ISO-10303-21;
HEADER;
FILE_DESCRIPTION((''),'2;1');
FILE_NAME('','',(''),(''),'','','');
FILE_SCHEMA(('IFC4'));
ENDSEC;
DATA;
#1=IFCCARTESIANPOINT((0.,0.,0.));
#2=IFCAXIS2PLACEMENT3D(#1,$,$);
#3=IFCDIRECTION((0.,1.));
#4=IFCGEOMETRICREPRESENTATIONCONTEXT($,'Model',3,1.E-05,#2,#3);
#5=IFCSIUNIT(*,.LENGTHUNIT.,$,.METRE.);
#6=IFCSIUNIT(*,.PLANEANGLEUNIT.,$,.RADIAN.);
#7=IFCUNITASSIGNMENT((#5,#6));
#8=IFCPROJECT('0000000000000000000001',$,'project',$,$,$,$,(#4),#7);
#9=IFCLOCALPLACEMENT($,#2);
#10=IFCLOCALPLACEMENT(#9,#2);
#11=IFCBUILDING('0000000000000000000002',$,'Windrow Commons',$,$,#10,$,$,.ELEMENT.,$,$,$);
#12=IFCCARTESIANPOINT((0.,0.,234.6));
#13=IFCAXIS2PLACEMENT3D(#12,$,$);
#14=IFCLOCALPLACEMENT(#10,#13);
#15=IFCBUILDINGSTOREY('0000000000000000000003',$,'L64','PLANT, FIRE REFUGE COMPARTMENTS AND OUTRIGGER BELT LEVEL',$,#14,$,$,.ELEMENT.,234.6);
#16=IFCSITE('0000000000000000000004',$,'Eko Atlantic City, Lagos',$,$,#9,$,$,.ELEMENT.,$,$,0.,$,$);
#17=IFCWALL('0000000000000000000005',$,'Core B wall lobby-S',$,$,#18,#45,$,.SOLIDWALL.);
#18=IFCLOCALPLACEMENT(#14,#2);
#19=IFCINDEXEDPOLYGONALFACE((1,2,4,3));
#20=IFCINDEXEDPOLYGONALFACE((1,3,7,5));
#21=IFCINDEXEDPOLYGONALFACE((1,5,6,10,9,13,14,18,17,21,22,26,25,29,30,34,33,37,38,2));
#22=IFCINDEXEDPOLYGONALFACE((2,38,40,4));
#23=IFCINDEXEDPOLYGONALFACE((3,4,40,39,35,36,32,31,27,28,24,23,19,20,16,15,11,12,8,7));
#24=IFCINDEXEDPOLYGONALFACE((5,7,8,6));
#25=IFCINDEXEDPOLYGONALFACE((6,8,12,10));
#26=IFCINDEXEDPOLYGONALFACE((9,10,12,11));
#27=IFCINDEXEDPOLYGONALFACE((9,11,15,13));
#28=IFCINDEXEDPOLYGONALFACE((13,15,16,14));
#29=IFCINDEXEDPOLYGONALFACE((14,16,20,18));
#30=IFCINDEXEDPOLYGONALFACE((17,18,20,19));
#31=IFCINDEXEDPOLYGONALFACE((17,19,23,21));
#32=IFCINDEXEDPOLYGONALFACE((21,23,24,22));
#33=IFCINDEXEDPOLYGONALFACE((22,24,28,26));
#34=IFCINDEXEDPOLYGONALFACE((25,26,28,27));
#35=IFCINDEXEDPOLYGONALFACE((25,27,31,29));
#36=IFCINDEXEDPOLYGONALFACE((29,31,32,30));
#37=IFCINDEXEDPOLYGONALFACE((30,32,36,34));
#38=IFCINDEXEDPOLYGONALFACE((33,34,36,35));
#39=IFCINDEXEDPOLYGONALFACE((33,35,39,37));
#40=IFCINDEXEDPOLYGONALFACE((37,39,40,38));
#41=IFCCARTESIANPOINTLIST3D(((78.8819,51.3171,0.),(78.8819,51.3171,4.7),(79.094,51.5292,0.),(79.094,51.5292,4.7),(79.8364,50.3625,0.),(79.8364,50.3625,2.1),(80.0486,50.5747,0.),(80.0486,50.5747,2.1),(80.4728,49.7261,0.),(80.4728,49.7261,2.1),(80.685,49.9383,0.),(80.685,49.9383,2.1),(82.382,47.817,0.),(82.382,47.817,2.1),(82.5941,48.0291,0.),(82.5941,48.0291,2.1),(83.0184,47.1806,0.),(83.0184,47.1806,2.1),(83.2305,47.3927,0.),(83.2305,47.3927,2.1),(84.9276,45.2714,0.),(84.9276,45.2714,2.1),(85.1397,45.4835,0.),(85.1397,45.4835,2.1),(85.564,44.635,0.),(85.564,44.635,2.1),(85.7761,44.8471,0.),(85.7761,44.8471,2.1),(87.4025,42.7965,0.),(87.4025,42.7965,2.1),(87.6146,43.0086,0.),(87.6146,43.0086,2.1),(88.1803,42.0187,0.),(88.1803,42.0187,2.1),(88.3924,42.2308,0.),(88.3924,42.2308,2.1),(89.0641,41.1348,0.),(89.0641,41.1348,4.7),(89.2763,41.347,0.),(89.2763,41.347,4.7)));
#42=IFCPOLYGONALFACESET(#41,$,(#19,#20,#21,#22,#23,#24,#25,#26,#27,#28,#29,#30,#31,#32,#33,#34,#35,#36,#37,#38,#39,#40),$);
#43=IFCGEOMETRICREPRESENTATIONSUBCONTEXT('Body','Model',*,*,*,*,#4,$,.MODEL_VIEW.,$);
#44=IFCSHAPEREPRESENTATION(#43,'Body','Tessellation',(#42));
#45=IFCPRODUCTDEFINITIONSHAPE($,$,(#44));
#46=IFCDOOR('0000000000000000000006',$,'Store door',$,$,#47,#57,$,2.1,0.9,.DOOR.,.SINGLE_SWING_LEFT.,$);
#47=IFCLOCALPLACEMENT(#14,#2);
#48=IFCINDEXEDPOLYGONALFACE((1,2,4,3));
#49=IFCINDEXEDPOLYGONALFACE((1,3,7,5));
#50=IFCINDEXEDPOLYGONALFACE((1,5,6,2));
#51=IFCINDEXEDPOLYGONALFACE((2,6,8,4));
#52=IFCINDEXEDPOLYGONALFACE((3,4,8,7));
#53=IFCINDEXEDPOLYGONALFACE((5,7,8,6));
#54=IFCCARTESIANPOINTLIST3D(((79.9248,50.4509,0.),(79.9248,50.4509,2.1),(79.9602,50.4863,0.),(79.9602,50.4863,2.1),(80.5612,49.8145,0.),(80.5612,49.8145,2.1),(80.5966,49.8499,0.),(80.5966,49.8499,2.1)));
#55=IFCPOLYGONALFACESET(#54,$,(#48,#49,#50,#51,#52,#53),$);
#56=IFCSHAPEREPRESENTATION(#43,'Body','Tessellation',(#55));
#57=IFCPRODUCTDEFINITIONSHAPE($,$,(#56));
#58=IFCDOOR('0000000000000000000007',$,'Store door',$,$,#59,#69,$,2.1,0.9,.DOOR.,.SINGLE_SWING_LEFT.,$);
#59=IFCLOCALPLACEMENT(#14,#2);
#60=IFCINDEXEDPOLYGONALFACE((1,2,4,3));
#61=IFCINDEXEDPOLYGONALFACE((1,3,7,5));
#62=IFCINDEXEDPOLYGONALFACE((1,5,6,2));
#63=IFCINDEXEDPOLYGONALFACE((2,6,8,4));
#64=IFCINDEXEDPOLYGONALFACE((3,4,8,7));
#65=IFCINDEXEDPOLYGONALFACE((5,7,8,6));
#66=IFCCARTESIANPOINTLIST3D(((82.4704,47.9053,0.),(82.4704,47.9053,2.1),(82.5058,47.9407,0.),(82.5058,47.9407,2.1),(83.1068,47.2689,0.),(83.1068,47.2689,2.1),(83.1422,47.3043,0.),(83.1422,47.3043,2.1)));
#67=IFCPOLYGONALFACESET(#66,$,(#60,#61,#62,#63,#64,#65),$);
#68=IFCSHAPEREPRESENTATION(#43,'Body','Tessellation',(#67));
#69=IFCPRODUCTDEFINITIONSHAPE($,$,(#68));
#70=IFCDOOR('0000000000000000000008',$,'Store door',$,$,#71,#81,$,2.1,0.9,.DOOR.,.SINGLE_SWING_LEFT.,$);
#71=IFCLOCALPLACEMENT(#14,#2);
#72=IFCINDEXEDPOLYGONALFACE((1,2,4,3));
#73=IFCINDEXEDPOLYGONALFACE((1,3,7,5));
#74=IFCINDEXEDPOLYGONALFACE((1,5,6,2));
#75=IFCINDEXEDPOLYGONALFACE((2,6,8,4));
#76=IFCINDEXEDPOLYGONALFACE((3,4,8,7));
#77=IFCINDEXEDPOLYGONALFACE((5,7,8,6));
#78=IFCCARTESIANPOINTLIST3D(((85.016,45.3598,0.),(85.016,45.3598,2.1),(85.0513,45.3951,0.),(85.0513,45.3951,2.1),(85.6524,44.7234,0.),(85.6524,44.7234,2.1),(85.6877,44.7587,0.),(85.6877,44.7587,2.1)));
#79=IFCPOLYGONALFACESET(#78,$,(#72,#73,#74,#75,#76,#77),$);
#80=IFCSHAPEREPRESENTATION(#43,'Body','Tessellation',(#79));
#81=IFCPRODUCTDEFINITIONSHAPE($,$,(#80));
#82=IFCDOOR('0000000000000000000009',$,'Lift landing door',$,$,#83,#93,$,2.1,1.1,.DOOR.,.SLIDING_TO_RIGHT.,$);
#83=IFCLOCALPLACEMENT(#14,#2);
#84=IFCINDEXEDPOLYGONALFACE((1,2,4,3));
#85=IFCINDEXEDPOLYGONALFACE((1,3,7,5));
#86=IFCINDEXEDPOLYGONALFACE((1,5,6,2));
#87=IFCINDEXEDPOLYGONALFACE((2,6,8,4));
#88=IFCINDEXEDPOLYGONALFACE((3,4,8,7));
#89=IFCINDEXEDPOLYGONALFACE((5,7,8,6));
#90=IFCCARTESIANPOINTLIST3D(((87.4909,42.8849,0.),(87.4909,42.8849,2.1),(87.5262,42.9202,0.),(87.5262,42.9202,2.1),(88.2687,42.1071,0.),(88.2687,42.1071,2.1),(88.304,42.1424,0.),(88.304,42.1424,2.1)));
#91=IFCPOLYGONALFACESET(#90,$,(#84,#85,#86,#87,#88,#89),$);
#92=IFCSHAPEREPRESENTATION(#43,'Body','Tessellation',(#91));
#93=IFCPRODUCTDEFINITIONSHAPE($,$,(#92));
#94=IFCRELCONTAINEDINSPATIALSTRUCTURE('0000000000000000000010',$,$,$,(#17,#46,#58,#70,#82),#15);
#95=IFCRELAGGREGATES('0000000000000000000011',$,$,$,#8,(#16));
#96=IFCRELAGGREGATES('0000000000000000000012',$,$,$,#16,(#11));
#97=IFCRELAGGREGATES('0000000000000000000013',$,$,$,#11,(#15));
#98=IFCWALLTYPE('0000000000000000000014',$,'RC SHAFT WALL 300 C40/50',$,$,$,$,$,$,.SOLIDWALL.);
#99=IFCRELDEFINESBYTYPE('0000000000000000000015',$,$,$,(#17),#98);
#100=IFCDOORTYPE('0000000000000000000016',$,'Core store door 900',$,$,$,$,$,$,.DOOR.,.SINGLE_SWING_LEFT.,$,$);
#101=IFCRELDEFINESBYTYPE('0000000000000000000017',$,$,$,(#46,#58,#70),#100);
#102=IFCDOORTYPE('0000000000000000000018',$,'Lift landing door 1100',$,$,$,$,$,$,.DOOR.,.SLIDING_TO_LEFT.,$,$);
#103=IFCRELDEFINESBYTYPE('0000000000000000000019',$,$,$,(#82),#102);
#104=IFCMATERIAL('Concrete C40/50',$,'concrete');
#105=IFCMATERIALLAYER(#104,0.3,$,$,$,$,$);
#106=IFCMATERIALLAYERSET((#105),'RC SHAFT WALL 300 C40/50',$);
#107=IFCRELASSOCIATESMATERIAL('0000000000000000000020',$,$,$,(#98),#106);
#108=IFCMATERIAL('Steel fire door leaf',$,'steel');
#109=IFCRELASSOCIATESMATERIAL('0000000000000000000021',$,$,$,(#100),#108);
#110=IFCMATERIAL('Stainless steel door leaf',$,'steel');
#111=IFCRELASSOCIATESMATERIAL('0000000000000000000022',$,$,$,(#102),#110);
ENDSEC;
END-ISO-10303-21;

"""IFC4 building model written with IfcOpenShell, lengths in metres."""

from ifc_helpers import new_model, si_unit, direction, frame, frame_2d, origin, place, context, subcontext, project, spatial, rectangle, extrude, material, layer, layer_set, type_object, element, fill, save


model = new_model("IFC4")

# Units and contexts
model_context = context("Model", 3, precision=1e-05, world=origin(), true_north=direction((0.0, 1.0)))
body_context = subcontext(model_context, "Body", "Model", "MODEL_VIEW")
ifc_project = project(units=[si_unit("LENGTHUNIT", "METRE"), si_unit("PLANEANGLEUNIT", "RADIAN")], contexts=[model_context])

# Site, building, storey
site_placement = place(None, origin())
site = spatial("IfcSite", under=ifc_project, at=site_placement, Name="Eko Atlantic City, Lagos", CompositionType="ELEMENT", RefElevation=0.0)
building_placement = place(site_placement, origin())
building = spatial("IfcBuilding", under=site, at=building_placement, Name="Windrow Commons", CompositionType="ELEMENT")
storey_placement = place(building_placement, frame((0.0, 0.0, 234.6)))
storey = spatial("IfcBuildingStorey", under=building, at=storey_placement, Name="L64", Description="PLANT, FIRE REFUGE COMPARTMENTS AND OUTRIGGER BELT LEVEL", CompositionType="ELEMENT", Elevation=234.6)

# Shared definitions
ifc_material_1 = material(Name="Concrete C40/50", Category="concrete")
ifc_layer_1 = layer(ifc_material_1, 0.3)
ifc_layer_set_1 = layer_set([ifc_layer_1], Name="RC SHAFT WALL 300 C40/50")
wall_type_1 = type_object("IfcWallType", Name="RC SHAFT WALL 300 C40/50", PredefinedType="SOLIDWALL", material=ifc_layer_set_1)

# Wall, openings, doors
wall_1_placement = place(storey_placement, frame((78.9879, 51.4232, 0.0), z_axis=(0.0, 0.0, 1.0), x_axis=(0.707107, -0.707107, 0.0)))
wall_1 = element("IfcWall", 1, at=wall_1_placement, inside=storey, type_object=wall_type_1, Name="Core B wall lobby-S", PredefinedType="SOLIDWALL", context=body_context, shape_type="SweptSolid", body=[
    extrude(rectangle(XDim=14.3999, YDim=0.3, at=frame_2d((7.2, 0.0))), origin(), (0.0, 0.0, 1.0), 4.7),
])
opening_1_placement = place(wall_1_placement, frame((1.35, 0.0, 0.0)))
opening_1 = element("IfcOpeningElement", 2, at=opening_1_placement, cuts=wall_1, PredefinedType="OPENING", context=body_context, shape_type="SweptSolid", body=[
    extrude(rectangle(XDim=0.9, YDim=2.1, at=frame_2d((0.45, 1.05))), frame((0.0, 0.16, 0.0), z_axis=(0.0, -1.0, 0.0), x_axis=(1.0, 0.0, 0.0)), (0.0, 0.0, 1.0), 0.32),
])
opening_2_placement = place(wall_1_placement, frame((4.95, 0.0, 0.0)))
opening_2 = element("IfcOpeningElement", 3, at=opening_2_placement, cuts=wall_1, PredefinedType="OPENING", context=body_context, shape_type="SweptSolid", body=[
    extrude(rectangle(XDim=0.9, YDim=2.1, at=frame_2d((0.45, 1.05))), frame((0.0, 0.16, 0.0), z_axis=(0.0, -1.0, 0.0), x_axis=(1.0, 0.0, 0.0)), (0.0, 0.0, 1.0), 0.32),
])
opening_3_placement = place(wall_1_placement, frame((8.55, 0.0, 0.0)))
opening_3 = element("IfcOpeningElement", 4, at=opening_3_placement, cuts=wall_1, PredefinedType="OPENING", context=body_context, shape_type="SweptSolid", body=[
    extrude(rectangle(XDim=0.9, YDim=2.1, at=frame_2d((0.45, 1.05))), frame((0.0, 0.16, 0.0), z_axis=(0.0, -1.0, 0.0), x_axis=(1.0, 0.0, 0.0)), (0.0, 0.0, 1.0), 0.32),
])
opening_4_placement = place(wall_1_placement, frame((12.05, 0.0, 0.0)))
opening_4 = element("IfcOpeningElement", 5, at=opening_4_placement, cuts=wall_1, PredefinedType="OPENING", context=body_context, shape_type="SweptSolid", body=[
    extrude(rectangle(XDim=1.1, YDim=2.1, at=frame_2d((0.55, 1.05))), frame((0.0, 0.16, 0.0), z_axis=(0.0, -1.0, 0.0), x_axis=(1.0, 0.0, 0.0)), (0.0, 0.0, 1.0), 0.32),
])
ifc_material_2 = material(Name="Steel fire door leaf", Category="steel")
door_type_1 = type_object("IfcDoorType", Name="Core store door 900", OperationType="SINGLE_SWING_LEFT", PredefinedType="DOOR", material=ifc_material_2)
door_1_placement = place(opening_1_placement, origin())
door_1 = element("IfcDoor", 6, at=door_1_placement, inside=storey, type_object=door_type_1, Name="Store door", OperationType="SINGLE_SWING_LEFT", OverallHeight=2.1, OverallWidth=0.9, PredefinedType="DOOR", context=body_context, shape_type="SweptSolid", body=[
    extrude(rectangle(XDim=0.9, YDim=2.1, at=frame_2d((0.45, 1.05))), frame((0.0, 0.025, 0.0), z_axis=(0.0, -1.0, 0.0), x_axis=(1.0, 0.0, 0.0)), (0.0, 0.0, 1.0), 0.05),
])
fill(opening_1, door_1)
door_2_placement = place(opening_2_placement, origin())
door_2 = element("IfcDoor", 7, at=door_2_placement, inside=storey, type_object=door_type_1, Name="Store door", OperationType="SINGLE_SWING_LEFT", OverallHeight=2.1, OverallWidth=0.9, PredefinedType="DOOR", context=body_context, shape_type="SweptSolid", body=[
    extrude(rectangle(XDim=0.9, YDim=2.1, at=frame_2d((0.45, 1.05))), frame((0.0, 0.025, 0.0), z_axis=(0.0, -1.0, 0.0), x_axis=(1.0, 0.0, 0.0)), (0.0, 0.0, 1.0), 0.05),
])
fill(opening_2, door_2)
door_3_placement = place(opening_3_placement, origin())
door_3 = element("IfcDoor", 8, at=door_3_placement, inside=storey, type_object=door_type_1, Name="Store door", OperationType="SINGLE_SWING_LEFT", OverallHeight=2.1, OverallWidth=0.9, PredefinedType="DOOR", context=body_context, shape_type="SweptSolid", body=[
    extrude(rectangle(XDim=0.9, YDim=2.1, at=frame_2d((0.45, 1.05))), frame((0.0, 0.025, 0.0), z_axis=(0.0, -1.0, 0.0), x_axis=(1.0, 0.0, 0.0)), (0.0, 0.0, 1.0), 0.05),
])
fill(opening_3, door_3)
ifc_material_3 = material(Name="Stainless steel door leaf", Category="steel")
door_type_2 = type_object("IfcDoorType", Name="Lift landing door 1100", OperationType="SLIDING_TO_LEFT", PredefinedType="DOOR", material=ifc_material_3)
door_4_placement = place(opening_4_placement, origin())
door_4 = element("IfcDoor", 9, at=door_4_placement, inside=storey, type_object=door_type_2, Name="Lift landing door", OperationType="SLIDING_TO_RIGHT", OverallHeight=2.1, OverallWidth=1.1, PredefinedType="DOOR", context=body_context, shape_type="SweptSolid", body=[
    extrude(rectangle(XDim=1.1, YDim=2.1, at=frame_2d((0.55, 1.05))), frame((0.0, 0.025, 0.0), z_axis=(0.0, -1.0, 0.0), x_axis=(1.0, 0.0, 0.0)), (0.0, 0.0, 1.0), 0.05),
])
fill(opening_4, door_4)

save(model, "model.ifc")
